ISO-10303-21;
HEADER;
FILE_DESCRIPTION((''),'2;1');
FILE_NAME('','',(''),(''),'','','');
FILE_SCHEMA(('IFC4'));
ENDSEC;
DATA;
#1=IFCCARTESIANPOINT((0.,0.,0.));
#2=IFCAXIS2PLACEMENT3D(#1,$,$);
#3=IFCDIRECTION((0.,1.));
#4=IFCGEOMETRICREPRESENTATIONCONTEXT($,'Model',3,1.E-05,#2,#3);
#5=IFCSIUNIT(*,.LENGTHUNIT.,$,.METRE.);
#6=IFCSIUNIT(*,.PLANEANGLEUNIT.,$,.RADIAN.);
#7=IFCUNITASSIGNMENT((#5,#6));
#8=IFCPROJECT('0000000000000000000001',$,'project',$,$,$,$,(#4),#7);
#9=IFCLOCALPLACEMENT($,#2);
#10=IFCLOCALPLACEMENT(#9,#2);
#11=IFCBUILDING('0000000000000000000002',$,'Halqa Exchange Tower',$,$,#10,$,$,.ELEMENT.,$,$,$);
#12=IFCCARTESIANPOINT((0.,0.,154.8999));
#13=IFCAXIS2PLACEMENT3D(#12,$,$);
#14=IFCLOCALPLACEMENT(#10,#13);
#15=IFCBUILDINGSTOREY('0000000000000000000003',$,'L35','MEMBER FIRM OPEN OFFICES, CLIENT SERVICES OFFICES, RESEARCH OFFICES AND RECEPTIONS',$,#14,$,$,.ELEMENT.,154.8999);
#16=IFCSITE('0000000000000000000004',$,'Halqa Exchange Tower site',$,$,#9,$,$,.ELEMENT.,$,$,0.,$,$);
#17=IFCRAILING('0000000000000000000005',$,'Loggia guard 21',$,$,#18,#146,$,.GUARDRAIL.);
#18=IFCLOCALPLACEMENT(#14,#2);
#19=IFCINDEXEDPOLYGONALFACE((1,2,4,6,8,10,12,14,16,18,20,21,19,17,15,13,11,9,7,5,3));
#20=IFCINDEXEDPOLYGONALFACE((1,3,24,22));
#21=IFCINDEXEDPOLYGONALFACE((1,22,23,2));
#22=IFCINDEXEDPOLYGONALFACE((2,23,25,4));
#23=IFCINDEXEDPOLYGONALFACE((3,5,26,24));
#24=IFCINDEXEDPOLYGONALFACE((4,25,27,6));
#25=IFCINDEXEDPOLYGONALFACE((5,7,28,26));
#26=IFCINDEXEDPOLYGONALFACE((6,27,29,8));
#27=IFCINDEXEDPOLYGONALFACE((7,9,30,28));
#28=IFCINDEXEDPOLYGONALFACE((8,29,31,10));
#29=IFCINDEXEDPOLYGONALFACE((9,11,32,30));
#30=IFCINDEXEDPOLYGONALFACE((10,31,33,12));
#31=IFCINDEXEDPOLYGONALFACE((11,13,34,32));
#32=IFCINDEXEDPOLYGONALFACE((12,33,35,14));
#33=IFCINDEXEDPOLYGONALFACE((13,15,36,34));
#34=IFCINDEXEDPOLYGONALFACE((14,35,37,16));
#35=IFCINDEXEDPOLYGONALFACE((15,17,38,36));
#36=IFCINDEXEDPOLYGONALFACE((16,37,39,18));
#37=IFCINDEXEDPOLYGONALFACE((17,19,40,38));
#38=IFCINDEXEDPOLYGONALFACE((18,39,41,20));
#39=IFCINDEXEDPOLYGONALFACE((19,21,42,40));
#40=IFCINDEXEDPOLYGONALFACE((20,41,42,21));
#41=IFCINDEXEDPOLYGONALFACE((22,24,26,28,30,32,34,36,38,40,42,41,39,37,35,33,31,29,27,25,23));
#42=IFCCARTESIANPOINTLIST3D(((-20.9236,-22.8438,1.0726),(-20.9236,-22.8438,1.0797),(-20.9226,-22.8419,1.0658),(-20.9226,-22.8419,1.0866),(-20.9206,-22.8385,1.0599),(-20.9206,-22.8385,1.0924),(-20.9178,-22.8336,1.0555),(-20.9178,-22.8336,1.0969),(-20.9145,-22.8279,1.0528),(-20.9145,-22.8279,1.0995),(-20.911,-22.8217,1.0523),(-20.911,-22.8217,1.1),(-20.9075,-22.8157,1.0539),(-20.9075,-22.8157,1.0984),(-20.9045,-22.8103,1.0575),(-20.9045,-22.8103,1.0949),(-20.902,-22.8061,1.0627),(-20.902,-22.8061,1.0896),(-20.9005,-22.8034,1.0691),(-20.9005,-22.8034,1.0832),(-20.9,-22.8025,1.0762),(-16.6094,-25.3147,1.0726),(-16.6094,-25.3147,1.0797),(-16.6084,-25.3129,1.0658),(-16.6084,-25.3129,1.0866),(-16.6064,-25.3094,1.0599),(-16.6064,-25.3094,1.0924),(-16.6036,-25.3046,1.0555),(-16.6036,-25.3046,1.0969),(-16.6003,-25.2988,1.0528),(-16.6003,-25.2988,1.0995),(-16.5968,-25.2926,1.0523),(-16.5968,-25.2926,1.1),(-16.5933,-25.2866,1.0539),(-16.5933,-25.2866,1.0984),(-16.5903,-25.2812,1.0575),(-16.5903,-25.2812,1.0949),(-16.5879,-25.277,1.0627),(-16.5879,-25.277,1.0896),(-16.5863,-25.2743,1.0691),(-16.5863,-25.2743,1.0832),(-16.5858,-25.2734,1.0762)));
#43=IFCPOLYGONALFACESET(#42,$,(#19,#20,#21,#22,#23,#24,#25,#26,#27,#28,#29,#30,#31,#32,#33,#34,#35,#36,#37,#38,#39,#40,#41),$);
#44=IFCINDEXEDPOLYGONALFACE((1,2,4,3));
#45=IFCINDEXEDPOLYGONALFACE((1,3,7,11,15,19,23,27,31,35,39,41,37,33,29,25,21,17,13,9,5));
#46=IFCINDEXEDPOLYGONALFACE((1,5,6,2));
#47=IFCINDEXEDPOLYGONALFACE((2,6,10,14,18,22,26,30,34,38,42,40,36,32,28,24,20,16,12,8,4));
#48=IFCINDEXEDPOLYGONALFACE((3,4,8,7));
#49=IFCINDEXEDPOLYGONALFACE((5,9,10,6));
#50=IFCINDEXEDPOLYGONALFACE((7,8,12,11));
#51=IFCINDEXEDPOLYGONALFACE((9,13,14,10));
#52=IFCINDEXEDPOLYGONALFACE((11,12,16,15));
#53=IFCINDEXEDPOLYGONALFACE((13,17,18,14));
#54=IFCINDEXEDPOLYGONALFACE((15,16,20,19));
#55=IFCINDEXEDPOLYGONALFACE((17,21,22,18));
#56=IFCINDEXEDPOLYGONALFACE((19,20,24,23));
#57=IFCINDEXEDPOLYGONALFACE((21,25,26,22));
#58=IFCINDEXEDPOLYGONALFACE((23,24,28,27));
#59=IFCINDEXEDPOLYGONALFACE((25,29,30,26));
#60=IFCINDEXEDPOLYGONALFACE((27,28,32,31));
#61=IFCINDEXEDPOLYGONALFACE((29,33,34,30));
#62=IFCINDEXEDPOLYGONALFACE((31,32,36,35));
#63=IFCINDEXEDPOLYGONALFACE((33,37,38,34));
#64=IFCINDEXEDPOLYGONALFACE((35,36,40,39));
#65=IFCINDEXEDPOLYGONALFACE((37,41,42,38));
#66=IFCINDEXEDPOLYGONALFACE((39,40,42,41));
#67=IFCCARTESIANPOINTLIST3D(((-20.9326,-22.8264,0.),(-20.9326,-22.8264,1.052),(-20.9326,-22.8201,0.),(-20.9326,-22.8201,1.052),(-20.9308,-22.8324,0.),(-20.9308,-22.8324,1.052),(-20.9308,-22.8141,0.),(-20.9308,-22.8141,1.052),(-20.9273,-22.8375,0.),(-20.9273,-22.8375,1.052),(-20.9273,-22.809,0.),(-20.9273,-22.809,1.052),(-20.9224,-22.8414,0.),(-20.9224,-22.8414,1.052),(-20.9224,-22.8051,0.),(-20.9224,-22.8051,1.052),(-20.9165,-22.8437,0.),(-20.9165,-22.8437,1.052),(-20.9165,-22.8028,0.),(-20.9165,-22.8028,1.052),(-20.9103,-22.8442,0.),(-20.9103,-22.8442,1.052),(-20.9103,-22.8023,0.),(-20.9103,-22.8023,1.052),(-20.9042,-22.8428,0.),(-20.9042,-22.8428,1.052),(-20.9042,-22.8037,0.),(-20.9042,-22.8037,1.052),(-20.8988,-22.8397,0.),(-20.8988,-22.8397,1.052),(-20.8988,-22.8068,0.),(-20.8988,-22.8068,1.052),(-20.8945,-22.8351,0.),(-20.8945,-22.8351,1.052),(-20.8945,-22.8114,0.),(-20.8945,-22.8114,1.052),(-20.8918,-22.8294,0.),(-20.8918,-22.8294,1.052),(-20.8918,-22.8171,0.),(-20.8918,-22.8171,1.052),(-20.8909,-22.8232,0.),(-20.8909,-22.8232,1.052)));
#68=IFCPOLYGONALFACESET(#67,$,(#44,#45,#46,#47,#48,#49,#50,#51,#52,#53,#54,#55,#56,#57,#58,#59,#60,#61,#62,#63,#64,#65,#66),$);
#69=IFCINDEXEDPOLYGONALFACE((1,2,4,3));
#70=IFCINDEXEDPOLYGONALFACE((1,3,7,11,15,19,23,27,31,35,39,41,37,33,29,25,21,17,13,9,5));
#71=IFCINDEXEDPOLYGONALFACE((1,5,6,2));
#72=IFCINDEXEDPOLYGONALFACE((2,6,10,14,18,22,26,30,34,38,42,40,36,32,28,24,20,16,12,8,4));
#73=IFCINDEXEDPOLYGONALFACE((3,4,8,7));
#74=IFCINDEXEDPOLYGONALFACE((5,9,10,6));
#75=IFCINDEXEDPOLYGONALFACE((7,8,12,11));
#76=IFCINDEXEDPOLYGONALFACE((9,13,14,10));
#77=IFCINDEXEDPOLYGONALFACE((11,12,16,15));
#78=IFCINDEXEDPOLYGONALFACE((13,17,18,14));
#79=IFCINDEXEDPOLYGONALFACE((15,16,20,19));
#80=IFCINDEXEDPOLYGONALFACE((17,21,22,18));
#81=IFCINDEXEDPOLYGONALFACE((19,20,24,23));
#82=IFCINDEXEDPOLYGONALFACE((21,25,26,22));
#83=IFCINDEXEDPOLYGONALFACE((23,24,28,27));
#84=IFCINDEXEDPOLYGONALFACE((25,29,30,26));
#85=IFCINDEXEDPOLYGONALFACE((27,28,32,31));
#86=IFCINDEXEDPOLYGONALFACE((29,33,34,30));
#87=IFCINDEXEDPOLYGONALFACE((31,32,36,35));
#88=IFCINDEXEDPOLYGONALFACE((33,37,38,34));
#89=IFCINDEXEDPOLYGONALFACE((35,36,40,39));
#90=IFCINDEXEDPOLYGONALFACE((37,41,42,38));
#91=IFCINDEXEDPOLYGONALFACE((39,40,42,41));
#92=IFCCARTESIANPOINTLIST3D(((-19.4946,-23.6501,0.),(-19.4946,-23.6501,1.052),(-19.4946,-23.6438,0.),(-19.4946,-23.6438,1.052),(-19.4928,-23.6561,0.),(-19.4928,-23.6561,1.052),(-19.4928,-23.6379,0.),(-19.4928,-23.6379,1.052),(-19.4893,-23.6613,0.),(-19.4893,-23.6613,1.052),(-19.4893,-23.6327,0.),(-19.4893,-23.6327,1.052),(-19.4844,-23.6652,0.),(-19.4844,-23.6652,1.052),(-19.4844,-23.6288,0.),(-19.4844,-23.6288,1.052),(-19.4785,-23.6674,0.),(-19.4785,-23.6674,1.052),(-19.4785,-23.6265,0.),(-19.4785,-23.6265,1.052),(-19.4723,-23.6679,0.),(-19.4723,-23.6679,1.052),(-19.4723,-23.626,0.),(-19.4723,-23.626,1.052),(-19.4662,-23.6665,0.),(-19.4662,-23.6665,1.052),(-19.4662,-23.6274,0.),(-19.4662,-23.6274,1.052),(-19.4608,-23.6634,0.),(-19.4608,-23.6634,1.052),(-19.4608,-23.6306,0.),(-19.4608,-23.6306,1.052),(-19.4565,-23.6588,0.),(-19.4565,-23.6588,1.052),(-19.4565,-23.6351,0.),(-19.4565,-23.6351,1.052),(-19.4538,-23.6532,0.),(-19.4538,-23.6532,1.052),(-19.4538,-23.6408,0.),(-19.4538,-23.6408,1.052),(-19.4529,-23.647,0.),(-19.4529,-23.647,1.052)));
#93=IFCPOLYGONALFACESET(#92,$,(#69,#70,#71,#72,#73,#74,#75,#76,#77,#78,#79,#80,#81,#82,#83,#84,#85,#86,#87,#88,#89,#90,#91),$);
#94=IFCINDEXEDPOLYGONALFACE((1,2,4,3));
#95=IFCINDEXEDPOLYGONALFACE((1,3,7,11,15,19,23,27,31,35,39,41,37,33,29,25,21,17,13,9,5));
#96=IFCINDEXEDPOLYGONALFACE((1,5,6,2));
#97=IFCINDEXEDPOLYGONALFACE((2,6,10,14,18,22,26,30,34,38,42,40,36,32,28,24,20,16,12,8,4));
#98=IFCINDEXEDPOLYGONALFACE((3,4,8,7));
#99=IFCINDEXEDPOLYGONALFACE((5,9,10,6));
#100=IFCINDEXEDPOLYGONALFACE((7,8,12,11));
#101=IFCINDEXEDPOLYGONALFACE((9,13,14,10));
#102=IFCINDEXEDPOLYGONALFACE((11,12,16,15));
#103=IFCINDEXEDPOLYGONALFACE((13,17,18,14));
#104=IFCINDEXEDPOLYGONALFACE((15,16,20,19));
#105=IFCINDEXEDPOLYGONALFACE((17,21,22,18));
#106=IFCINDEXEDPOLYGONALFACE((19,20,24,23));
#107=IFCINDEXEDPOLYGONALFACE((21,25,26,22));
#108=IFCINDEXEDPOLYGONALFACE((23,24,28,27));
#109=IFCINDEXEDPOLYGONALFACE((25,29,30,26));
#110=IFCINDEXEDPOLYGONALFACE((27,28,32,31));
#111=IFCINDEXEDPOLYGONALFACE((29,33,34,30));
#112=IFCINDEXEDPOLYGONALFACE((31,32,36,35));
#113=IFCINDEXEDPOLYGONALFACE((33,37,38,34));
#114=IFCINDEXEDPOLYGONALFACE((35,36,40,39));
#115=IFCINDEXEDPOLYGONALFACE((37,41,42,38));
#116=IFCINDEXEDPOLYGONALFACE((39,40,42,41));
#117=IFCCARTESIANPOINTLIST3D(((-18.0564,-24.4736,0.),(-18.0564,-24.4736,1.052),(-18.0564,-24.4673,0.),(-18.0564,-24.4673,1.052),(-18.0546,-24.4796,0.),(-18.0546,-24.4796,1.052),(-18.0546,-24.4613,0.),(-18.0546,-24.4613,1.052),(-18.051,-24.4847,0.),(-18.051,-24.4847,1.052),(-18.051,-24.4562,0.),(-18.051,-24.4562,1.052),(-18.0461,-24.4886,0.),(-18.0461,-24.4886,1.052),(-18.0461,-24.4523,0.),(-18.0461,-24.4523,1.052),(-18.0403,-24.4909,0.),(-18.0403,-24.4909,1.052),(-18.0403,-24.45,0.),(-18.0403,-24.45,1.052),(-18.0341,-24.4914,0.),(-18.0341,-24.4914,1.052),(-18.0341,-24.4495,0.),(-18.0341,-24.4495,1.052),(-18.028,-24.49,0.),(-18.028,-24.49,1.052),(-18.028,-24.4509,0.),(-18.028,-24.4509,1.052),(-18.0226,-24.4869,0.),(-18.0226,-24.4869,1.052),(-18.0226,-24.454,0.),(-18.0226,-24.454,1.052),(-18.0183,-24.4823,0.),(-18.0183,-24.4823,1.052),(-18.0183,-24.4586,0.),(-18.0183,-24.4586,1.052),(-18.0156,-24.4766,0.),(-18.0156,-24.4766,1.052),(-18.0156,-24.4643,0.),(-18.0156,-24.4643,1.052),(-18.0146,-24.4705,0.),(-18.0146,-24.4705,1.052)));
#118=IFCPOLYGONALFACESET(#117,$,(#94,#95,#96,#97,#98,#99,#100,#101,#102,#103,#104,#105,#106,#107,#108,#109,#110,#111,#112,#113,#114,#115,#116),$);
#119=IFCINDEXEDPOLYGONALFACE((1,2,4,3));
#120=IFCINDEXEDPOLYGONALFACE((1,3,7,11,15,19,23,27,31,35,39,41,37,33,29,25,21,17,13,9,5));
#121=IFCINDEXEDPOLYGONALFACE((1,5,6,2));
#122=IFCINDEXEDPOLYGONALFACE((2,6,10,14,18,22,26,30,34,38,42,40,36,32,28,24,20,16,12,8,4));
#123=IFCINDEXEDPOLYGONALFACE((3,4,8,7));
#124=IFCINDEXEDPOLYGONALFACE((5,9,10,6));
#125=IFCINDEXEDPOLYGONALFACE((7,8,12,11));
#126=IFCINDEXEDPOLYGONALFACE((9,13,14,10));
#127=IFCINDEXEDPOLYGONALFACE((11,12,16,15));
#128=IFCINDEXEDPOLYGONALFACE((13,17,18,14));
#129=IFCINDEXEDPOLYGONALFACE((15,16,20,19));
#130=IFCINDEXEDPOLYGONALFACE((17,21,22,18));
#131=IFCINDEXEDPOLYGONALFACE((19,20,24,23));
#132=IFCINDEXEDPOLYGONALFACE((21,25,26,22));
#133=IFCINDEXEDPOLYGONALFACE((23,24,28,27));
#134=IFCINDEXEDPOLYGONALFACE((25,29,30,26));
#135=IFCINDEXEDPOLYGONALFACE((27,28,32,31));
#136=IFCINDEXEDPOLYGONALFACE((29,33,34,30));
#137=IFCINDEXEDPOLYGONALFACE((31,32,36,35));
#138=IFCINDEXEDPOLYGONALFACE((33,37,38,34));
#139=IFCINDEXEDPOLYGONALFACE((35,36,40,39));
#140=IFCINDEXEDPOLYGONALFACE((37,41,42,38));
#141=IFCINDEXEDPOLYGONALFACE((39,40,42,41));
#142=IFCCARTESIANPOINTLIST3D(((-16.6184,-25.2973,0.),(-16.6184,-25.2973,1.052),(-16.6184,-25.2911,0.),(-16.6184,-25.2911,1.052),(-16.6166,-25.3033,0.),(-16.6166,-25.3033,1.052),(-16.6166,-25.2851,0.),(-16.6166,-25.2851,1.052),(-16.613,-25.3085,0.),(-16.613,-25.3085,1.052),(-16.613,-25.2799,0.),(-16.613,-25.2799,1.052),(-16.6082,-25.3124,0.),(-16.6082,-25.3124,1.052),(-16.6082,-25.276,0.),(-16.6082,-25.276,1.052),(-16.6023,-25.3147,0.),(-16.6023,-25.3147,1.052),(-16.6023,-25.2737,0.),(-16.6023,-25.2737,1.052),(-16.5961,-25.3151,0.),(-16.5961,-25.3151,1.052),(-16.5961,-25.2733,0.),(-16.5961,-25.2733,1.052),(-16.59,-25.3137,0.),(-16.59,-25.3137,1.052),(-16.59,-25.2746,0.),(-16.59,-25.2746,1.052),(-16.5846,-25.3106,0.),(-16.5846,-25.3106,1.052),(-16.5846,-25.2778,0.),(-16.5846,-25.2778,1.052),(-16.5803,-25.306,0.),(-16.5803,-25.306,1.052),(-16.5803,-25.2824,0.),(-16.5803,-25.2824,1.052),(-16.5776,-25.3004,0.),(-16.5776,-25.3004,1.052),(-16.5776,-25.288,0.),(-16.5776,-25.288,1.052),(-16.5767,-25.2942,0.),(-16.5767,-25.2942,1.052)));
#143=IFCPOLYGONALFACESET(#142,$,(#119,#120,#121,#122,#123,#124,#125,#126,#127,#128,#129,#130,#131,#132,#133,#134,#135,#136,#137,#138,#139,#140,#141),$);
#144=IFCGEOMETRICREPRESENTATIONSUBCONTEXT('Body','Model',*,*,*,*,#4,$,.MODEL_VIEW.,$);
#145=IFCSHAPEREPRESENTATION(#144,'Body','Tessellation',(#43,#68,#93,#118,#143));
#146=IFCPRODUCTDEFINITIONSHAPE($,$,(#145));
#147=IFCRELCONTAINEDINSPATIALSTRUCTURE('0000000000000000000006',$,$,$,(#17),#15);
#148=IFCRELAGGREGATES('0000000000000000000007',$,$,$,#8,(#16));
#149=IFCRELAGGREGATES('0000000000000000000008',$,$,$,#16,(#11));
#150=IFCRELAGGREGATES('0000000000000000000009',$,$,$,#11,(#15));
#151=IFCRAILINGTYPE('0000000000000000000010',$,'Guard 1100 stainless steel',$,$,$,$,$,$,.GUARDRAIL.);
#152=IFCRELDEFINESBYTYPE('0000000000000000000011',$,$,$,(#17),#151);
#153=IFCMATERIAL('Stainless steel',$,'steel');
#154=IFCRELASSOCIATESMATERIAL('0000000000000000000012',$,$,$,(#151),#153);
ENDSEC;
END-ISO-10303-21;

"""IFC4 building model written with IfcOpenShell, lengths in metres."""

from ifc_helpers import new_model, si_unit, direction, frame, origin, origin_2d, place, context, subcontext, project, spatial, circle, extrude, material, type_object, element, save


model = new_model("IFC4")

# Units and contexts
model_context = context("Model", 3, precision=1e-05, world=origin(), true_north=direction((0.0, 1.0)))
body_context = subcontext(model_context, "Body", "Model", "MODEL_VIEW")
ifc_project = project(units=[si_unit("LENGTHUNIT", "METRE"), si_unit("PLANEANGLEUNIT", "RADIAN")], contexts=[model_context])

# Site, building, storey
site_placement = place(None, origin())
site = spatial("IfcSite", under=ifc_project, at=site_placement, Name="Halqa Exchange Tower site", CompositionType="ELEMENT", RefElevation=0.0)
building_placement = place(site_placement, origin())
building = spatial("IfcBuilding", under=site, at=building_placement, Name="Halqa Exchange Tower", CompositionType="ELEMENT")
storey_placement = place(building_placement, frame((0.0, 0.0, 154.8999)))
storey = spatial("IfcBuildingStorey", under=building, at=storey_placement, Name="L35", Description="MEMBER FIRM OPEN OFFICES, CLIENT SERVICES OFFICES, RESEARCH OFFICES AND RECEPTIONS", CompositionType="ELEMENT", Elevation=154.8999)

# Railing
ifc_material_1 = material(Name="Stainless steel", Category="steel")
railing_type = type_object("IfcRailingType", Name="Guard 1100 stainless steel", PredefinedType="GUARDRAIL", material=ifc_material_1)
railing_1_placement = place(storey_placement, frame((-20.9119, -22.8232, 0.0)))
element("IfcRailing", 1, at=railing_1_placement, inside=storey, type_object=railing_type, Name="Loggia guard 21", PredefinedType="GUARDRAIL", context=body_context, shape_type="SweptSolid", body=[
    extrude(circle(Radius=0.0239, at=origin_2d()), frame((0.0, 0.0, 1.0762), z_axis=(0.86775, -0.497001, 0.0), x_axis=(0.497001, 0.86775, 0.0)), (0.0, 0.0, 1.0), 4.9717),
    extrude(circle(Radius=0.021, at=origin_2d()), origin(), (0.0, 0.0, 1.0), 1.052),
    extrude(circle(Radius=0.021, at=origin_2d()), frame((1.438, -0.8237, 0.0)), (0.0, 0.0, 1.0), 1.052),
    extrude(circle(Radius=0.021, at=origin_2d()), frame((2.8762, -1.6472, 0.0)), (0.0, 0.0, 1.0), 1.052),
    extrude(circle(Radius=0.021, at=origin_2d()), frame((4.3142, -2.4709, 0.0)), (0.0, 0.0, 1.0), 1.052),
])

save(model, "model.ifc")
